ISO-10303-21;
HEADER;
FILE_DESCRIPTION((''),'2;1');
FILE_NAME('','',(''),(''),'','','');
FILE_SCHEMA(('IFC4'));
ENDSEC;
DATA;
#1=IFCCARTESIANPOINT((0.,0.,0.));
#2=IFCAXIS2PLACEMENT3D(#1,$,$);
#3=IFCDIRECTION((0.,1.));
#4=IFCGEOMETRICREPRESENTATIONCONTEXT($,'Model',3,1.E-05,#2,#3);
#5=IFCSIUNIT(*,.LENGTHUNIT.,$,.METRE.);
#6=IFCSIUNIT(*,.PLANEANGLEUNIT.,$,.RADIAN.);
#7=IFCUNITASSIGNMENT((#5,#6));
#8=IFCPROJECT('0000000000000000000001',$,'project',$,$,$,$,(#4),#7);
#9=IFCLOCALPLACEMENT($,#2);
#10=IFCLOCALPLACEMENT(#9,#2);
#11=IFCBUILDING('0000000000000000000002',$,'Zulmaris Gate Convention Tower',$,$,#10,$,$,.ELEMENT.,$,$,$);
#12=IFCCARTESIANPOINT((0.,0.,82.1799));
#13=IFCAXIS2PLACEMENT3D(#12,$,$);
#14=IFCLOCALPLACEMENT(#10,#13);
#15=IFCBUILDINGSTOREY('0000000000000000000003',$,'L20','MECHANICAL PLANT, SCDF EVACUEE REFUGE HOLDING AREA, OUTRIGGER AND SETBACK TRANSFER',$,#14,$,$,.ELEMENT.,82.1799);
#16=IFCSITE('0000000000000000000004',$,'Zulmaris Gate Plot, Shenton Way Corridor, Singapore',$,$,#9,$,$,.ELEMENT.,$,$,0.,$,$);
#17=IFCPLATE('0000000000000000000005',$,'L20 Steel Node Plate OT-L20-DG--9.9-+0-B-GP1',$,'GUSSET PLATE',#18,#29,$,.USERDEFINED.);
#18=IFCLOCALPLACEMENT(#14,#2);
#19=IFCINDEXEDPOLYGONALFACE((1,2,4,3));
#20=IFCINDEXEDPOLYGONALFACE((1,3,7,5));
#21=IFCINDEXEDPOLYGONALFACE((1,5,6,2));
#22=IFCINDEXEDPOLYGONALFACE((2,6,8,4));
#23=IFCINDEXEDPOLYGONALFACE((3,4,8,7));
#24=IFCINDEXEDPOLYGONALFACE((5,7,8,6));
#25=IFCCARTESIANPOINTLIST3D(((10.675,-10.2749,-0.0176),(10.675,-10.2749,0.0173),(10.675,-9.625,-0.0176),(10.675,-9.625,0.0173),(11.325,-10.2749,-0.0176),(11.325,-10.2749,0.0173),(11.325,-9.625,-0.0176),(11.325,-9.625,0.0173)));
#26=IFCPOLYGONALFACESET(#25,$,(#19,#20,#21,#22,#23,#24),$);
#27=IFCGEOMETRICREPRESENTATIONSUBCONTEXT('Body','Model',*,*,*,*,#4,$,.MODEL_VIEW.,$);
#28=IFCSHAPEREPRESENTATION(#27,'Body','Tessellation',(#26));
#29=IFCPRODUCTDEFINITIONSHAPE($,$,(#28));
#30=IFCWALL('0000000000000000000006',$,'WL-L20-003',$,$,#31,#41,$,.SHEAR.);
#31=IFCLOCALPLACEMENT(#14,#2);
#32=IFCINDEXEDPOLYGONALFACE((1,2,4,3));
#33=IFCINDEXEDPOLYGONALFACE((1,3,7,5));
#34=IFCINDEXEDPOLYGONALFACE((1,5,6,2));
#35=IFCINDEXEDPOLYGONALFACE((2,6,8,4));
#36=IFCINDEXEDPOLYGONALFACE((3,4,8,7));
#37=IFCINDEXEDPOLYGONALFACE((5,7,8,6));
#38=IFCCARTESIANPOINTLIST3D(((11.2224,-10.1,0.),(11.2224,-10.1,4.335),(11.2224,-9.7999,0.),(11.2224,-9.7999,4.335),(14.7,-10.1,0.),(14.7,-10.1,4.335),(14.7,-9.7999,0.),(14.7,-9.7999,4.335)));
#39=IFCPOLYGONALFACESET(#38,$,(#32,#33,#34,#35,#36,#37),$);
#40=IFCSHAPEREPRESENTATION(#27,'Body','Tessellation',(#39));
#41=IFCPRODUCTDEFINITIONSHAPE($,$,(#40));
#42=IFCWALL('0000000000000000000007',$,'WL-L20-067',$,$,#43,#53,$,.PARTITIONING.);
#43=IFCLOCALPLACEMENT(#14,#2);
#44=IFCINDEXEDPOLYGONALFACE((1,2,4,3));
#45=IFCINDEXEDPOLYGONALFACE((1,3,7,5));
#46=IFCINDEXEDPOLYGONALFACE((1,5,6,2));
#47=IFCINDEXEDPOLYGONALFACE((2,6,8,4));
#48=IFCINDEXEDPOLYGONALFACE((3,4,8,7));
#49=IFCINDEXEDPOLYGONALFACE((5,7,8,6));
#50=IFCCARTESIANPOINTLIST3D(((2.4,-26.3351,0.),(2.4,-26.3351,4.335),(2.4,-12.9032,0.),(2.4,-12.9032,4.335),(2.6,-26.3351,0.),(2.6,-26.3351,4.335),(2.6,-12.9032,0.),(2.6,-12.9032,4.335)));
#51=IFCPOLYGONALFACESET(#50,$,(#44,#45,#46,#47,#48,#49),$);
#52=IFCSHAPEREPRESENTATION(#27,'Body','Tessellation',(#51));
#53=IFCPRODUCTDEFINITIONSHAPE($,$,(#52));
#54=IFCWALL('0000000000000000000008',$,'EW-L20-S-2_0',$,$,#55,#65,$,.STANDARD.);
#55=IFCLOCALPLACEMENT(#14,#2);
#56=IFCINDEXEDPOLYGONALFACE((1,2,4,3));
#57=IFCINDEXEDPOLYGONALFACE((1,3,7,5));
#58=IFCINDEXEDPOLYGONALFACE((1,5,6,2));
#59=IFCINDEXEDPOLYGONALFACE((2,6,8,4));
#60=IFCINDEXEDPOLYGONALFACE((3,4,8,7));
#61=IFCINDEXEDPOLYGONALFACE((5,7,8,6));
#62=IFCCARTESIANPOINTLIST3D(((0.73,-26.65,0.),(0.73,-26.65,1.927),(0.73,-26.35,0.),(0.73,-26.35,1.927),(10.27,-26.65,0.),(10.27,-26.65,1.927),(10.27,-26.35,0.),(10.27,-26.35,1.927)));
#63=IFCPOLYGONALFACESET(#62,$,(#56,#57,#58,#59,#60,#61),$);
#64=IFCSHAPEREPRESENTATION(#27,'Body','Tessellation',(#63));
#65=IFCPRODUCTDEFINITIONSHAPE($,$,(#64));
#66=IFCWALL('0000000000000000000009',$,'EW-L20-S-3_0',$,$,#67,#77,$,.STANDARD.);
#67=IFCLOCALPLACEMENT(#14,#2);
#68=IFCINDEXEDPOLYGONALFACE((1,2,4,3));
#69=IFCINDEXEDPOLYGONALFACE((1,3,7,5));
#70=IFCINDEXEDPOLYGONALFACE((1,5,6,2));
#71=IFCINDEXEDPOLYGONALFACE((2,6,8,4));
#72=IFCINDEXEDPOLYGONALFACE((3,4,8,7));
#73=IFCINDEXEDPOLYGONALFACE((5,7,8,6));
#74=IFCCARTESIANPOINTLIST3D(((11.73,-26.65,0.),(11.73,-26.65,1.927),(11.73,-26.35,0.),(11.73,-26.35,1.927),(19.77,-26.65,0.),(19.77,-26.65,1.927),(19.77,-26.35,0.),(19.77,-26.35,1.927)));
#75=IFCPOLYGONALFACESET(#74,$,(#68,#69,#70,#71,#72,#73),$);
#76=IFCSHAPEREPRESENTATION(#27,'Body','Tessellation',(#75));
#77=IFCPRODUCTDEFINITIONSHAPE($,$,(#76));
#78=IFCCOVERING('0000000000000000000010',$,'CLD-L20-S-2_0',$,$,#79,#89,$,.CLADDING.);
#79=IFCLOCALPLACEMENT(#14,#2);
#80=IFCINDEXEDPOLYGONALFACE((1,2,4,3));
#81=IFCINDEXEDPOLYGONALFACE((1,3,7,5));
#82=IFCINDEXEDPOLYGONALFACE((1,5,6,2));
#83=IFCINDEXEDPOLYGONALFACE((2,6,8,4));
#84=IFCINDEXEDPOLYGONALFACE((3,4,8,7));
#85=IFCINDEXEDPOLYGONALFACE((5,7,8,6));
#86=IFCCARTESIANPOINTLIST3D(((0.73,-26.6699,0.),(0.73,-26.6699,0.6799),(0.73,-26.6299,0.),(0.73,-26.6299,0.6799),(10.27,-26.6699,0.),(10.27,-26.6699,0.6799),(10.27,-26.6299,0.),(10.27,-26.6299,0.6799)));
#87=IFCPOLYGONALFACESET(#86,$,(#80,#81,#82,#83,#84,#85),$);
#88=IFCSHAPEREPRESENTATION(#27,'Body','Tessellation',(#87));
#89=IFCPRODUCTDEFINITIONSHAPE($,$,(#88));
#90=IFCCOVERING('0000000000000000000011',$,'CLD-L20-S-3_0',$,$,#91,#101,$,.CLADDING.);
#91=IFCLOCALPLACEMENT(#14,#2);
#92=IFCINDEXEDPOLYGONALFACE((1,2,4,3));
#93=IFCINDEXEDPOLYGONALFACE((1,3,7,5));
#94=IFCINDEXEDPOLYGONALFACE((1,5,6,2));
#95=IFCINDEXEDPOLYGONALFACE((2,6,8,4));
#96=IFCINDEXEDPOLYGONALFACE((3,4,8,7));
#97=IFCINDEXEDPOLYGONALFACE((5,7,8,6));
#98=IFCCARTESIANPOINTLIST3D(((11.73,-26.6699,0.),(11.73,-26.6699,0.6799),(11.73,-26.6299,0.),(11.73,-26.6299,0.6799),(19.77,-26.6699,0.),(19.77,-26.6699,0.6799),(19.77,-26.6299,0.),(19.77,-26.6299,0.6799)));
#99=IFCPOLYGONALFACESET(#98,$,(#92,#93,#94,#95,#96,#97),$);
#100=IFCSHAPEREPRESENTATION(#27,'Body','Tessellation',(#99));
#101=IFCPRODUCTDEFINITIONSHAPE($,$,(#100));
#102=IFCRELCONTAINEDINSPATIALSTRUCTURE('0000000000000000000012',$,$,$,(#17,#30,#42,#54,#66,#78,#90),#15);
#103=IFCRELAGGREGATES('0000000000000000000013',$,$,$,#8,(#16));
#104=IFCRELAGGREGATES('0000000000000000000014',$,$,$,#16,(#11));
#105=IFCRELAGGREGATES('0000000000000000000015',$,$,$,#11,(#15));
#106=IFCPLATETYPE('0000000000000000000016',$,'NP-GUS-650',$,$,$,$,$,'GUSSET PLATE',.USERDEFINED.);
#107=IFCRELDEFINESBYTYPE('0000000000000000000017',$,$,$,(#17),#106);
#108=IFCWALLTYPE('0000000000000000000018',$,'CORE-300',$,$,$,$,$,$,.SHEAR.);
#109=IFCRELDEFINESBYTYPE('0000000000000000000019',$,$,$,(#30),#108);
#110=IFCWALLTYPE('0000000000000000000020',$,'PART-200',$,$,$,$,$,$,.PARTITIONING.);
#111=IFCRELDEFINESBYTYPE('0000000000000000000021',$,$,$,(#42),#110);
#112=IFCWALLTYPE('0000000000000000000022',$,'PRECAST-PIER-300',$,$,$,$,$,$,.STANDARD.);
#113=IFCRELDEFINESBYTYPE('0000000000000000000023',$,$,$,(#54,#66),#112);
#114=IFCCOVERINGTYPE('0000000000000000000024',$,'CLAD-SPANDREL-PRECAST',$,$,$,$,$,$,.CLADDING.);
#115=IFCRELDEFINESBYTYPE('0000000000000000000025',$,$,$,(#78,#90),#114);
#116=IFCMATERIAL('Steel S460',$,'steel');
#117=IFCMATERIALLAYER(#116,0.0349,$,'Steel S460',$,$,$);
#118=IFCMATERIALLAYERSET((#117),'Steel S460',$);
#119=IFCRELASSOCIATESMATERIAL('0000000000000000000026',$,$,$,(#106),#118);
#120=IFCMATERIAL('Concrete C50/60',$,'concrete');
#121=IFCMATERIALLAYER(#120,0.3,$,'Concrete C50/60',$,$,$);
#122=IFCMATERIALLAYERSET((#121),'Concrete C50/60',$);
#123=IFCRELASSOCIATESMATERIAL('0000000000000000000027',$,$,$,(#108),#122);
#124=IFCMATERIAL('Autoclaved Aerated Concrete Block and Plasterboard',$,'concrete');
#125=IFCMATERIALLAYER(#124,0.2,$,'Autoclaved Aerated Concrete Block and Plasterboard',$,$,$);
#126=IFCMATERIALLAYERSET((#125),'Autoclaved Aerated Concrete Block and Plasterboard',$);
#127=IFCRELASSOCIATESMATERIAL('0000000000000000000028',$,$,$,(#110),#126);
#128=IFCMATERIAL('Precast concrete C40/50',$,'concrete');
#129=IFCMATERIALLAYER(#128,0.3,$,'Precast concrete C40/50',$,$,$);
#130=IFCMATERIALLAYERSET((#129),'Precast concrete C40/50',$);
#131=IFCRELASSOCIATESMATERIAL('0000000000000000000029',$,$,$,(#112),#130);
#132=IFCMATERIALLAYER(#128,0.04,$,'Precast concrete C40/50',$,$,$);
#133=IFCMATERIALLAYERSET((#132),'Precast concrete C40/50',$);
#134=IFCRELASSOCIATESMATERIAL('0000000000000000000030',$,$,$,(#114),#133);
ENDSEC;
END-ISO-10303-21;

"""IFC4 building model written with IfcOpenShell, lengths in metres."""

from ifc_helpers import new_model, si_unit, direction, frame, frame_2d, origin, origin_2d, place, context, subcontext, project, spatial, rectangle, extrude, material, layer, layer_set, type_object, element, save


model = new_model("IFC4")

# Units and contexts
model_context = context("Model", 3, precision=1e-05, world=origin(), true_north=direction((0.0, 1.0)))
body_context = subcontext(model_context, "Body", "Model", "MODEL_VIEW")
ifc_project = project(units=[si_unit("LENGTHUNIT", "METRE"), si_unit("PLANEANGLEUNIT", "RADIAN")], contexts=[model_context])

# Site, building, storey
site_placement = place(None, origin())
site = spatial("IfcSite", under=ifc_project, at=site_placement, Name="Zulmaris Gate Plot, Shenton Way Corridor, Singapore", CompositionType="ELEMENT", RefElevation=0.0)
building_placement = place(site_placement, origin())
building = spatial("IfcBuilding", under=site, at=building_placement, Name="Zulmaris Gate Convention Tower", CompositionType="ELEMENT")
storey_placement = place(building_placement, frame((0.0, 0.0, 82.1799)))
storey = spatial("IfcBuildingStorey", under=building, at=storey_placement, Name="L20", Description="MECHANICAL PLANT, SCDF EVACUEE REFUGE HOLDING AREA, OUTRIGGER AND SETBACK TRANSFER", CompositionType="ELEMENT", Elevation=82.1799)

# Shared definitions
ifc_material_1 = material(Name="Steel S460", Category="steel")

# Plate
ifc_layer_1 = layer(ifc_material_1, 0.0349, Name="Steel S460")
ifc_layer_set_1 = layer_set([ifc_layer_1], Name="Steel S460")
plate_type_1 = type_object("IfcPlateType", Name="NP-GUS-650", ElementType="GUSSET PLATE", PredefinedType="USERDEFINED", material=ifc_layer_set_1)
for number, where, z_axis, x_axis, name in (
    (1, (11.0, -9.95, -0.0176), (0.0, 0.0, 1.0), (1.0, 0.0, 0.0), "L20 Steel Node Plate OT-L20-DG--9.9-+0-B-GP1"),
):
    element("IfcPlate", number, at=place(storey_placement, frame(where, z_axis=z_axis, x_axis=x_axis)), inside=storey, type_object=plate_type_1, Name=name, ObjectType="GUSSET PLATE", PredefinedType="USERDEFINED", context=body_context, shape_type="SweptSolid", body=[
        extrude(rectangle(XDim=0.6499, YDim=0.6499, at=origin_2d()), origin(), (0.0, 0.0, 1.0), 0.0349),
    ])

# Wall
ifc_material_2 = material(Name="Concrete C50/60", Category="concrete")
ifc_layer_2 = layer(ifc_material_2, 0.3, Name="Concrete C50/60")
ifc_layer_set_2 = layer_set([ifc_layer_2], Name="Concrete C50/60")
wall_type_1 = type_object("IfcWallType", Name="CORE-300", PredefinedType="SHEAR", material=ifc_layer_set_2)
wall_1_placement = place(storey_placement, frame((11.2224, -9.95, 0.0), z_axis=(0.0, 0.0, 1.0), x_axis=(1.0, 0.0, 0.0)))
element("IfcWall", 2, at=wall_1_placement, inside=storey, type_object=wall_type_1, Name="WL-L20-003", PredefinedType="SHEAR", context=body_context, shape_type="SweptSolid", body=[
    extrude(rectangle(XDim=3.4775, YDim=0.3, at=frame_2d((1.7388, 0.0))), origin(), (0.0, 0.0, 1.0), 4.335),
])

# Walls
ifc_material_3 = material(Name="Autoclaved Aerated Concrete Block and Plasterboard", Category="concrete")
ifc_layer_3 = layer(ifc_material_3, 0.2, Name="Autoclaved Aerated Concrete Block and Plasterboard")
ifc_layer_set_3 = layer_set([ifc_layer_3], Name="Autoclaved Aerated Concrete Block and Plasterboard")
wall_type_2 = type_object("IfcWallType", Name="PART-200", PredefinedType="PARTITIONING", material=ifc_layer_set_3)
wall_2_placement = place(storey_placement, frame((2.5, -26.335, 0.0), z_axis=(0.0, 0.0, 1.0), x_axis=(0.0, 1.0, 0.0)))
element("IfcWall", 3, at=wall_2_placement, inside=storey, type_object=wall_type_2, Name="WL-L20-067", PredefinedType="PARTITIONING", context=body_context, shape_type="SweptSolid", body=[
    extrude(rectangle(XDim=13.4319, YDim=0.2, at=frame_2d((6.7158, 0.0))), origin(), (0.0, 0.0, 1.0), 4.335),
])
ifc_material_4 = material(Name="Precast concrete C40/50", Category="concrete")
ifc_layer_4 = layer(ifc_material_4, 0.3, Name="Precast concrete C40/50")
ifc_layer_set_4 = layer_set([ifc_layer_4], Name="Precast concrete C40/50")
wall_type_3 = type_object("IfcWallType", Name="PRECAST-PIER-300", PredefinedType="STANDARD", material=ifc_layer_set_4)
wall_3_placement = place(storey_placement, frame((0.73, -26.5, 0.0), z_axis=(0.0, 0.0, 1.0), x_axis=(1.0, 0.0, 0.0)))
element("IfcWall", 4, at=wall_3_placement, inside=storey, type_object=wall_type_3, Name="EW-L20-S-2_0", PredefinedType="STANDARD", context=body_context, shape_type="SweptSolid", body=[
    extrude(rectangle(XDim=9.54, YDim=0.3, at=frame_2d((4.77, 0.0))), origin(), (0.0, 0.0, 1.0), 1.927),
])
wall_4_placement = place(storey_placement, frame((11.73, -26.5, 0.0), z_axis=(0.0, 0.0, 1.0), x_axis=(1.0, 0.0, 0.0)))
element("IfcWall", 5, at=wall_4_placement, inside=storey, type_object=wall_type_3, Name="EW-L20-S-3_0", PredefinedType="STANDARD", context=body_context, shape_type="SweptSolid", body=[
    extrude(rectangle(XDim=8.04, YDim=0.3, at=frame_2d((4.02, 0.0))), origin(), (0.0, 0.0, 1.0), 1.927),
])

# Coverings
ifc_layer_5 = layer(ifc_material_4, 0.04, Name="Precast concrete C40/50")
ifc_layer_set_5 = layer_set([ifc_layer_5], Name="Precast concrete C40/50")
covering_type = type_object("IfcCoveringType", Name="CLAD-SPANDREL-PRECAST", PredefinedType="CLADDING", material=ifc_layer_set_5)
covering_1_placement = place(storey_placement, frame((0.73, -26.6499, 0.0), z_axis=(0.0, 0.0, 1.0), x_axis=(1.0, 0.0, 0.0)))
element("IfcCovering", 6, at=covering_1_placement, inside=storey, type_object=covering_type, Name="CLD-L20-S-2_0", PredefinedType="CLADDING", context=body_context, shape_type="SweptSolid", body=[
    extrude(rectangle(XDim=9.54, YDim=0.04, at=frame_2d((4.77, 0.0))), origin(), (0.0, 0.0, 1.0), 0.6799),
])
covering_2_placement = place(storey_placement, frame((11.73, -26.6499, 0.0), z_axis=(0.0, 0.0, 1.0), x_axis=(1.0, 0.0, 0.0)))
element("IfcCovering", 7, at=covering_2_placement, inside=storey, type_object=covering_type, Name="CLD-L20-S-3_0", PredefinedType="CLADDING", context=body_context, shape_type="SweptSolid", body=[
    extrude(rectangle(XDim=8.04, YDim=0.04, at=frame_2d((4.02, 0.0))), origin(), (0.0, 0.0, 1.0), 0.6799),
])

save(model, "model.ifc")
